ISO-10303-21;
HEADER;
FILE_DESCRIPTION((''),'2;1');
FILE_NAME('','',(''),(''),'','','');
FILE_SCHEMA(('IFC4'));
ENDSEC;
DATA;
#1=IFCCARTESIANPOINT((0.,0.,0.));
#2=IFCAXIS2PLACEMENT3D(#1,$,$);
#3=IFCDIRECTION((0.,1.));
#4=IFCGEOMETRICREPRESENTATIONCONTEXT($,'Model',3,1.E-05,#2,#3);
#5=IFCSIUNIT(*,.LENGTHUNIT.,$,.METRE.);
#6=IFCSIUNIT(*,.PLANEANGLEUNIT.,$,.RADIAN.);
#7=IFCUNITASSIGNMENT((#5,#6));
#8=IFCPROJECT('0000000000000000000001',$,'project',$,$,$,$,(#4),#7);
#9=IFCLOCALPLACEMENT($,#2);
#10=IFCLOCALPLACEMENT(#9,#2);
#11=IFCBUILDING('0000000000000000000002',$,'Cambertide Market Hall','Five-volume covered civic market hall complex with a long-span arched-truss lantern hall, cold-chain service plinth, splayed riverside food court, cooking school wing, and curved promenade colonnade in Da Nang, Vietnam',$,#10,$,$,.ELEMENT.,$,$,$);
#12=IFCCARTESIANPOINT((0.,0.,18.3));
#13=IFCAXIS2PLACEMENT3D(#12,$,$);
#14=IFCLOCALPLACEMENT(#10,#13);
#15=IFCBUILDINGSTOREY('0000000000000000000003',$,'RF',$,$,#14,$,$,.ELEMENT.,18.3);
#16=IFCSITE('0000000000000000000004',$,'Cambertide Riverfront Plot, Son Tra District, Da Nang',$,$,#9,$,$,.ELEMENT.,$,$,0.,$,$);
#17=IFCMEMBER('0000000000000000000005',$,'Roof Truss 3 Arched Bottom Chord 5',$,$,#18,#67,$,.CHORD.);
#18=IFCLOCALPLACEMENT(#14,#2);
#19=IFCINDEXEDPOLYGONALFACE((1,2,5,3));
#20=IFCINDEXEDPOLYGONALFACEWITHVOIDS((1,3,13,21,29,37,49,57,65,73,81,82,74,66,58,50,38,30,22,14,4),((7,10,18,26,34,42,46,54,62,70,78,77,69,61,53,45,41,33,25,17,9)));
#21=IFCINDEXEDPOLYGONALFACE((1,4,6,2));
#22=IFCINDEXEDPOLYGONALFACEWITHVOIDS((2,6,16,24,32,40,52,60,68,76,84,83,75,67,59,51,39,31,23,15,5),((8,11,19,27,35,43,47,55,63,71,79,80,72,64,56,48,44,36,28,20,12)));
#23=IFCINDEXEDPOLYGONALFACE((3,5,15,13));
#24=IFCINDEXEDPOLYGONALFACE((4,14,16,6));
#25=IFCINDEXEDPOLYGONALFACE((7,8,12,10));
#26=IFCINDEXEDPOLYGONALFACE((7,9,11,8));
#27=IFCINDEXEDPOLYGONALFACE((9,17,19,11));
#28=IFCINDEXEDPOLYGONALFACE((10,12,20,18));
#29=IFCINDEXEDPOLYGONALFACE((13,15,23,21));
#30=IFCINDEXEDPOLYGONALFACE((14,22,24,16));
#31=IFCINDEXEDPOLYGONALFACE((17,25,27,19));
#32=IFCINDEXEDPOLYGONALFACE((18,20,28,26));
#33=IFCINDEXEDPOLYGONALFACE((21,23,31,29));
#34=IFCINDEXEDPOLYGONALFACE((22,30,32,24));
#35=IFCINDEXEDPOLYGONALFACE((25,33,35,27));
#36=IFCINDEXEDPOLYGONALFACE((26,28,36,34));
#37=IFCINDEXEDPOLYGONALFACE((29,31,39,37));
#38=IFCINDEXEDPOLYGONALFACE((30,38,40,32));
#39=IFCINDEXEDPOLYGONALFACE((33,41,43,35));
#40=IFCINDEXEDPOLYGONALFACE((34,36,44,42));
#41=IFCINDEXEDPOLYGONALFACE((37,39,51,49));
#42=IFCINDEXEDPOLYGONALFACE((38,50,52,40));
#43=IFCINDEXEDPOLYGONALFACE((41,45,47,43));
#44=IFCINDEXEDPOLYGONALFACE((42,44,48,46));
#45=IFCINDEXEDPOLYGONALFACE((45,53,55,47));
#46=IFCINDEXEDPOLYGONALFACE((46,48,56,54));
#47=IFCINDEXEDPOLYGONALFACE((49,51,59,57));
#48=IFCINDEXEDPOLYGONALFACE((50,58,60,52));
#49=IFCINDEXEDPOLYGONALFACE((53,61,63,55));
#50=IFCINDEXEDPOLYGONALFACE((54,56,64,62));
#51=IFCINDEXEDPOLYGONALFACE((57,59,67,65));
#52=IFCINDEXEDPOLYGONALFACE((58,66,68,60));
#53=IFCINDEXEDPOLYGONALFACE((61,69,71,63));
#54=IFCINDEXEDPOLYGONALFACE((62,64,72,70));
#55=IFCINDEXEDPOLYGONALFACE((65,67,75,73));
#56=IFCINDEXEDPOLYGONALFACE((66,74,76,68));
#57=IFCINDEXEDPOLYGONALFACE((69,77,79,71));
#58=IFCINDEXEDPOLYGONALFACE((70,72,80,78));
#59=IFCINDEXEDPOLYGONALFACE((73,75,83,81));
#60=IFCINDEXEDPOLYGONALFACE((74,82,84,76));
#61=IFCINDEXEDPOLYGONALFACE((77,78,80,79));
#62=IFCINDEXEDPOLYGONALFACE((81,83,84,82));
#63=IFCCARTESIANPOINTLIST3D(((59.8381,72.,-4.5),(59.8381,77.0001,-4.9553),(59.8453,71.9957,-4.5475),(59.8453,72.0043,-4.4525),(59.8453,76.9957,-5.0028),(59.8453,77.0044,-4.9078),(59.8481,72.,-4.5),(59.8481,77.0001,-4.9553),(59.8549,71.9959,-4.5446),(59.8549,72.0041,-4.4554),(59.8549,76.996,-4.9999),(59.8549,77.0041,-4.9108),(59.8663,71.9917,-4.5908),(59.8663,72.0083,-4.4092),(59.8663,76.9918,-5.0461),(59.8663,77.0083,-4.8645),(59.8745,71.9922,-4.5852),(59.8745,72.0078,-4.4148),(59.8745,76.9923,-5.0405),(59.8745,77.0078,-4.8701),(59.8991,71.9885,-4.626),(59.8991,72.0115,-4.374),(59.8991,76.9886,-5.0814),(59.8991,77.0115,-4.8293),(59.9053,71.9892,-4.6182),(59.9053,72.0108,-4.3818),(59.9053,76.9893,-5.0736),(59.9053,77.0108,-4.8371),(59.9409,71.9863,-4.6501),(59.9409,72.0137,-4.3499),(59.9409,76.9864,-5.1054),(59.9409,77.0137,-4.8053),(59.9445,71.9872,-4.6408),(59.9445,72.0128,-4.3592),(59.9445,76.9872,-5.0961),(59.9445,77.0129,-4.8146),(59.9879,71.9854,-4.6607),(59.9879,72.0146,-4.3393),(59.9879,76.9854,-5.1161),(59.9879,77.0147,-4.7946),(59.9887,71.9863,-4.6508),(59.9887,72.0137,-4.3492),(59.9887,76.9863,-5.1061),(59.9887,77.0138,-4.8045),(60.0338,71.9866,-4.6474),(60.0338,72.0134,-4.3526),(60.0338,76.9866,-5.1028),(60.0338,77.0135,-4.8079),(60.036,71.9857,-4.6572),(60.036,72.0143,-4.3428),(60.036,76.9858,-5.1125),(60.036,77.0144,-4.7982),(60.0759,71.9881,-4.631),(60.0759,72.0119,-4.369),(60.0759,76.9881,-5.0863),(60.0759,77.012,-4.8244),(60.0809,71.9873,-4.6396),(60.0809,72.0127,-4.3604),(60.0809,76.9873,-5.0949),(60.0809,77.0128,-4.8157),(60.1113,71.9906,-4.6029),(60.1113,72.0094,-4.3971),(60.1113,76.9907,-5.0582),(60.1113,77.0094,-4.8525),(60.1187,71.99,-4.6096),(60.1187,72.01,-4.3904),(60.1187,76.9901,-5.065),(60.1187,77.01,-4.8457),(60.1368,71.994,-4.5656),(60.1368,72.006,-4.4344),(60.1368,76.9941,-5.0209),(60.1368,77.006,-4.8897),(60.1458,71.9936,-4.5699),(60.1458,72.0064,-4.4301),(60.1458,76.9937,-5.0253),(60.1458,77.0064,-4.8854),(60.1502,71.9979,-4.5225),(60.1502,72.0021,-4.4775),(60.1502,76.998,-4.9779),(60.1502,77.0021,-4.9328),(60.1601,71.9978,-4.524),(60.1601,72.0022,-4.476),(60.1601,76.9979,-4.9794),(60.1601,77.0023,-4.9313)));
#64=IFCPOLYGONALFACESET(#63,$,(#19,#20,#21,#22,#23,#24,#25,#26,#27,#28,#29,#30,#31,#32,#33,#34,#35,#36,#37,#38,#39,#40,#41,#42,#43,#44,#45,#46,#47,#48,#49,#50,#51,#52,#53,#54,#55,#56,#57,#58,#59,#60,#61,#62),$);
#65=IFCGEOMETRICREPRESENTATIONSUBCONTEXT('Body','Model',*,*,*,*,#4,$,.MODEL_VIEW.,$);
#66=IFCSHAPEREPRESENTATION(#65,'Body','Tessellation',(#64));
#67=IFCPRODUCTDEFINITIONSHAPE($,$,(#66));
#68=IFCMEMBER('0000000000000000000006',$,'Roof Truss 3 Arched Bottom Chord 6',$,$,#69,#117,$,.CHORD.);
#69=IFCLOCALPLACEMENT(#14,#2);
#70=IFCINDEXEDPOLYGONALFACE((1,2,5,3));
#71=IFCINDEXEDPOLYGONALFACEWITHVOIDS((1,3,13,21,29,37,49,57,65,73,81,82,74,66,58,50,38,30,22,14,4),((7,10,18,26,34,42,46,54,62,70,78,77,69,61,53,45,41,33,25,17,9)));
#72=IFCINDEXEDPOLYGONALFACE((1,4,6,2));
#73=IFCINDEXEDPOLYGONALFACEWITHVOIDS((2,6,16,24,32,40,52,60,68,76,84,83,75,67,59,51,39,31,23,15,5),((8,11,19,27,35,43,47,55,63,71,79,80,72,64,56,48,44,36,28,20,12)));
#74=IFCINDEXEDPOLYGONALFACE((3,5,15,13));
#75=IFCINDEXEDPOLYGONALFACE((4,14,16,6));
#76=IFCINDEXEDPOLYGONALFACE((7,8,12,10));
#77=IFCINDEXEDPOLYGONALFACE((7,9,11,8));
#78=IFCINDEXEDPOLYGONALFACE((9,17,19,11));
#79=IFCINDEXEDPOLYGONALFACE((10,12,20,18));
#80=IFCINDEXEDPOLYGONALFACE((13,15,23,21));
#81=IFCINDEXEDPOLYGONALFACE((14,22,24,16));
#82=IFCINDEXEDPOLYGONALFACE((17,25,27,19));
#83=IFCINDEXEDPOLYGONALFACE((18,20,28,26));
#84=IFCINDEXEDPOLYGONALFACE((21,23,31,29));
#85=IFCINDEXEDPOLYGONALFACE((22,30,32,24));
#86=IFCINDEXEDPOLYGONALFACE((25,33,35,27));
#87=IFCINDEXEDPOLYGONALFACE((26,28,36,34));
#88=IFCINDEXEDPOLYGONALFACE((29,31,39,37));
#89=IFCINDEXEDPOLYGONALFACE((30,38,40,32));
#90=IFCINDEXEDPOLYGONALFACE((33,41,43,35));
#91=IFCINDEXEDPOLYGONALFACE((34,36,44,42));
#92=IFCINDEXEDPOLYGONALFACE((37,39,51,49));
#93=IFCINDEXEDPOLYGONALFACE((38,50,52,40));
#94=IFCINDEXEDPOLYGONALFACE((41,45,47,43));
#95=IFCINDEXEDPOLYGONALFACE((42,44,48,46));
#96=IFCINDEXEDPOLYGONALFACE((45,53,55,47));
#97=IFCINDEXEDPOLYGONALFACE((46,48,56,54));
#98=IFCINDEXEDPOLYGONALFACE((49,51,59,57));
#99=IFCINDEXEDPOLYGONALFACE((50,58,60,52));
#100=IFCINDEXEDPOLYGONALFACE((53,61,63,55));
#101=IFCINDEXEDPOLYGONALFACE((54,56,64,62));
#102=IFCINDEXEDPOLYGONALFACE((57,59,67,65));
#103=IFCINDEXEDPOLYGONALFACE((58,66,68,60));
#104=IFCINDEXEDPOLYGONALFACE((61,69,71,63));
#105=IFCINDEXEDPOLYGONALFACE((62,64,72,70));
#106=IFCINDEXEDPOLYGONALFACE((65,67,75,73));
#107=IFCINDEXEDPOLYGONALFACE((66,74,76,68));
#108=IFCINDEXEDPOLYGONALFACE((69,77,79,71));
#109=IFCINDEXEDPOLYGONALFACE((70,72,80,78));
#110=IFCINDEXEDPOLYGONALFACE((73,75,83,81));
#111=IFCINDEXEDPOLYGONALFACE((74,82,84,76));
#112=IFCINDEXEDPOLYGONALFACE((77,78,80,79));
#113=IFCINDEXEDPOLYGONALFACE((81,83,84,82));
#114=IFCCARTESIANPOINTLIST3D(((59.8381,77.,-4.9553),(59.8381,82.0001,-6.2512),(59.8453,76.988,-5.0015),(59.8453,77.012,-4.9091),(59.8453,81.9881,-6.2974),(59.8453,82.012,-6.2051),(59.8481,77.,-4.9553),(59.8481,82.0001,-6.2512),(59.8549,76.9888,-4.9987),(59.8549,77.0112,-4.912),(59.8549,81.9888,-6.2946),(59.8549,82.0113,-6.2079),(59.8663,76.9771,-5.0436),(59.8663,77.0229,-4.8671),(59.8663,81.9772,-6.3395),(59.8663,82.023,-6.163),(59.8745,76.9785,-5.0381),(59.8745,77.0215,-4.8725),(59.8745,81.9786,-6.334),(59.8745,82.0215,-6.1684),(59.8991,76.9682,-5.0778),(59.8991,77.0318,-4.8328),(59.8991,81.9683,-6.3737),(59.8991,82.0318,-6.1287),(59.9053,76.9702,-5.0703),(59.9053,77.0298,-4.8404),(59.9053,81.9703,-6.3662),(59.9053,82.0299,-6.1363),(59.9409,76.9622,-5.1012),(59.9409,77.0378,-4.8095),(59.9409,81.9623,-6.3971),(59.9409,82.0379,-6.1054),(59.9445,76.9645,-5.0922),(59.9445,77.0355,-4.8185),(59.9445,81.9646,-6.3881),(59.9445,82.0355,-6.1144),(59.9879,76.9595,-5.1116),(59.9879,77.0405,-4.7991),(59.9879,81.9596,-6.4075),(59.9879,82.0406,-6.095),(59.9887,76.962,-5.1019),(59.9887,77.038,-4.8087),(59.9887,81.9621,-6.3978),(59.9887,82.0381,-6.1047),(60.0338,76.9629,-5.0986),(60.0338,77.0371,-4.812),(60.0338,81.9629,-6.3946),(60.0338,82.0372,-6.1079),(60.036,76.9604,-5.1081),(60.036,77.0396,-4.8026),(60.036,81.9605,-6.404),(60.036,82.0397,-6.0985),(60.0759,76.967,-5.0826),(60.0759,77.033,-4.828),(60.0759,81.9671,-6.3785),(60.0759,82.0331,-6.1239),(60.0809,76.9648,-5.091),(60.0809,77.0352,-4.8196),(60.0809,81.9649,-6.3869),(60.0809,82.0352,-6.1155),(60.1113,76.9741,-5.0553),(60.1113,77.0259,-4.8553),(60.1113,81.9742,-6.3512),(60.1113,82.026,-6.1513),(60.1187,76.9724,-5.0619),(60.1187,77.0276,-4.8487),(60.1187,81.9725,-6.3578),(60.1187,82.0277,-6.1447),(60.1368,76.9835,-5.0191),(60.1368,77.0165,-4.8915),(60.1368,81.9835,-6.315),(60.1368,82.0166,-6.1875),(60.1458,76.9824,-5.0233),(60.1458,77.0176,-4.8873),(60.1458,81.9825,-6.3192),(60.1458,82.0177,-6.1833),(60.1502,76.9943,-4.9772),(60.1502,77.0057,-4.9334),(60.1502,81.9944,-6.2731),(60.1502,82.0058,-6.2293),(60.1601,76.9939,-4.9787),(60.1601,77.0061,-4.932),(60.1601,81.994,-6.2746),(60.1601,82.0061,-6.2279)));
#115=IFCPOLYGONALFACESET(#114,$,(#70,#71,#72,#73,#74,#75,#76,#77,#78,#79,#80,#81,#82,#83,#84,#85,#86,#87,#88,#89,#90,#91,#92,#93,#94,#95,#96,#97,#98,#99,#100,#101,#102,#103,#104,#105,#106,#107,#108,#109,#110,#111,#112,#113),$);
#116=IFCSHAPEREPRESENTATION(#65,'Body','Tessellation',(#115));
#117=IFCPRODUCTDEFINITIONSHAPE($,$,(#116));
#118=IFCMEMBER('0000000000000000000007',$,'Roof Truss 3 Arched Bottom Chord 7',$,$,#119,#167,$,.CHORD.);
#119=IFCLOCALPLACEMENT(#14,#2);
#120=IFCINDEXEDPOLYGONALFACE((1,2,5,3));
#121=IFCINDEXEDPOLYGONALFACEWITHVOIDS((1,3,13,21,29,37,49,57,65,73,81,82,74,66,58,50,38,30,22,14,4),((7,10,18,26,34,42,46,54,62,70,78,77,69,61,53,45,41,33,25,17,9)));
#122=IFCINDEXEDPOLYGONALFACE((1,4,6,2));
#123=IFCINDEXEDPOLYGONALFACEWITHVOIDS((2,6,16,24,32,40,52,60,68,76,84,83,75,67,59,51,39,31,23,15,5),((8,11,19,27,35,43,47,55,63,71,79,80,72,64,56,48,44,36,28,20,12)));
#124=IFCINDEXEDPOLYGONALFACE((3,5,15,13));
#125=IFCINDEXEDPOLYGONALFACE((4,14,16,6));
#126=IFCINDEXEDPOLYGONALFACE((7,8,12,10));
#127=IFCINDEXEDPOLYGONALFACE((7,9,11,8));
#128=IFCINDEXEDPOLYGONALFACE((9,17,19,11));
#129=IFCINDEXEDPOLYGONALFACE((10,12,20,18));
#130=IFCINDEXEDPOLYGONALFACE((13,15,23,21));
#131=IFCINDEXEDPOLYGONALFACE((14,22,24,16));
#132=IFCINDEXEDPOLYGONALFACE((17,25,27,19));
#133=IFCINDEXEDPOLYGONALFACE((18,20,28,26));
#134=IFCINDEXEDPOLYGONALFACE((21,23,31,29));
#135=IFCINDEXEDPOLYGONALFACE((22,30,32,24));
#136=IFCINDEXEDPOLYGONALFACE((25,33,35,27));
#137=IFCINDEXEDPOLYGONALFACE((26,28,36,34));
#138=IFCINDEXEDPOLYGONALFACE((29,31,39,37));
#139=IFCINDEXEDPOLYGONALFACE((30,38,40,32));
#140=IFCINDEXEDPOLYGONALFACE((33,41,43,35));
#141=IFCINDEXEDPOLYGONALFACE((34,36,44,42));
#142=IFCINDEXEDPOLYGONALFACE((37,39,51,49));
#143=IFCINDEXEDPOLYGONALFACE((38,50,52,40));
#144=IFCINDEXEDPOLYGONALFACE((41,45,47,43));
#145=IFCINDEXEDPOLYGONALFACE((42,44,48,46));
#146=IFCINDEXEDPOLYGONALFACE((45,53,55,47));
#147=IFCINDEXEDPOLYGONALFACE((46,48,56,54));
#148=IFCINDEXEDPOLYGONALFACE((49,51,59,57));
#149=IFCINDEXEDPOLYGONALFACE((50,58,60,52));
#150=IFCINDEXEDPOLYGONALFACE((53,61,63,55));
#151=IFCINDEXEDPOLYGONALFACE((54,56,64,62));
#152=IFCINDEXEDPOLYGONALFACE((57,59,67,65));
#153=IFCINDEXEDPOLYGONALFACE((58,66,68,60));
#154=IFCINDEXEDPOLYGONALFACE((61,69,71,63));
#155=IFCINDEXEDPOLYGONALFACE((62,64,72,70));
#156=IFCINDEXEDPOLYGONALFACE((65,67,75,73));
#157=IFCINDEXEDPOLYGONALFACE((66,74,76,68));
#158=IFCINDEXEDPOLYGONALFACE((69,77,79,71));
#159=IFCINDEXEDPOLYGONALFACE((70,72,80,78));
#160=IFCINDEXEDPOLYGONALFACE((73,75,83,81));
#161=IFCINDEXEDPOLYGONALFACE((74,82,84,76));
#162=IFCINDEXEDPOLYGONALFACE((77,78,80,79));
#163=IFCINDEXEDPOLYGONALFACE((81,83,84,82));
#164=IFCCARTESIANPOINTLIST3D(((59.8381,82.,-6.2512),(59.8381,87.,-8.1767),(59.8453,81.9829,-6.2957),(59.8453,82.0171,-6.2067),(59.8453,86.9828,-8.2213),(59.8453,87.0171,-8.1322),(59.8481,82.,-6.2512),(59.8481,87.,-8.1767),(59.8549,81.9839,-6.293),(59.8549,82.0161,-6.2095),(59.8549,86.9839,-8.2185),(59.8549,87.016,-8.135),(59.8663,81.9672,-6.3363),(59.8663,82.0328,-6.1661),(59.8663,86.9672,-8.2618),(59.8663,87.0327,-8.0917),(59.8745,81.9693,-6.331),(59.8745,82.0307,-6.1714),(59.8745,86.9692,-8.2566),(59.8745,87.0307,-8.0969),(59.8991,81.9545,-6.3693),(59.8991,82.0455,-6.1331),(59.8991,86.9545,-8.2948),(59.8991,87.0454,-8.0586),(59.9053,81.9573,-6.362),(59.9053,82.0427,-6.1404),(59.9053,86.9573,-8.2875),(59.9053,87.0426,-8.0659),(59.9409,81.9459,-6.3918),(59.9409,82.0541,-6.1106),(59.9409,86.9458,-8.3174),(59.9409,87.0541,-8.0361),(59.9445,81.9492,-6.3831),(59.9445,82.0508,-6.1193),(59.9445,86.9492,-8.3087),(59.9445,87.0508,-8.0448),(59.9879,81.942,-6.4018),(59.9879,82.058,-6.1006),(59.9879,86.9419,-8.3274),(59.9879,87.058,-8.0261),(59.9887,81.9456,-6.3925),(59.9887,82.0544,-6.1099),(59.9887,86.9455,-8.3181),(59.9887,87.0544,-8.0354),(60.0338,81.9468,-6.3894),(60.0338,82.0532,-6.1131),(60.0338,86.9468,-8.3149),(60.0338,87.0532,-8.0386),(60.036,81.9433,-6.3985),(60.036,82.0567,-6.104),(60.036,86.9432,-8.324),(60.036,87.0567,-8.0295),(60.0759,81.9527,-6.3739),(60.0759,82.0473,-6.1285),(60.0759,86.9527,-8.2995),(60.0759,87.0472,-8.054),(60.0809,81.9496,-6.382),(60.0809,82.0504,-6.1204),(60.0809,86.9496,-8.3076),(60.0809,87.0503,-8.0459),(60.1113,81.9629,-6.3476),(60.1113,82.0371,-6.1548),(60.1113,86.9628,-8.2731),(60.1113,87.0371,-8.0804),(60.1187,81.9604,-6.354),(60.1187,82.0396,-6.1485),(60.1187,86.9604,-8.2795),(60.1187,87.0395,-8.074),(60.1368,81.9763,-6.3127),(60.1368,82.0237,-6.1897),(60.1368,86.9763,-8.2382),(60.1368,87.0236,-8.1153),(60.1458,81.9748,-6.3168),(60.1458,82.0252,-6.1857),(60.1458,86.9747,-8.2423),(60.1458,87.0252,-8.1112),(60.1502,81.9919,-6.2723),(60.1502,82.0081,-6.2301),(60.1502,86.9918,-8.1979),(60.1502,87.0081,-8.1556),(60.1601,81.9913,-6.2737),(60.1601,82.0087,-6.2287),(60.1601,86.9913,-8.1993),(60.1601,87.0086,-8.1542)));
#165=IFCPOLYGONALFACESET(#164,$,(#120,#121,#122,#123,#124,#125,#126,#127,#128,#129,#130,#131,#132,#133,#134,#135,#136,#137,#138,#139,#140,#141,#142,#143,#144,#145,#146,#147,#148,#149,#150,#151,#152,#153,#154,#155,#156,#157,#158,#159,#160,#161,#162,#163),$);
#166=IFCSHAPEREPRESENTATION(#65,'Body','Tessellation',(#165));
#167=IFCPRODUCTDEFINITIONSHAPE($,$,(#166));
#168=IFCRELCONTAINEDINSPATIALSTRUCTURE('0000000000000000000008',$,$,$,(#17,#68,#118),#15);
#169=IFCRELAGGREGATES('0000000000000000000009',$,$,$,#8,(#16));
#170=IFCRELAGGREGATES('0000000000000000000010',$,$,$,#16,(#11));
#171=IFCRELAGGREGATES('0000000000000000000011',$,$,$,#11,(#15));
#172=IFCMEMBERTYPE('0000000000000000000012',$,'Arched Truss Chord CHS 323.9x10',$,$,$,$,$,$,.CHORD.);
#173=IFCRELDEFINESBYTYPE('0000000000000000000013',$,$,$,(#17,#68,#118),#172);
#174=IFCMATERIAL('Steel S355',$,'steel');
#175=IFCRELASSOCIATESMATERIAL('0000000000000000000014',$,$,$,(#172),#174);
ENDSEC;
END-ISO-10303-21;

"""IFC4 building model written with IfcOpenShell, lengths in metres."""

from ifc_helpers import new_model, si_unit, direction, frame, origin, origin_2d, place, context, subcontext, project, spatial, hollow_circle, extrude, material, material_profile, profile_set, type_object, element, save


model = new_model("IFC4")

# Units and contexts
model_context = context("Model", 3, precision=1e-05, world=origin(), true_north=direction((0.0, 1.0)))
body_context = subcontext(model_context, "Body", "Model", "MODEL_VIEW")
ifc_project = project(units=[si_unit("LENGTHUNIT", "METRE"), si_unit("PLANEANGLEUNIT", "RADIAN")], contexts=[model_context])

# Site, building, storey
site_placement = place(None, origin())
site = spatial("IfcSite", under=ifc_project, at=site_placement, Name="Cambertide Riverfront Plot, Son Tra District, Da Nang", CompositionType="ELEMENT", RefElevation=0.0)
building_placement = place(site_placement, origin())
building = spatial("IfcBuilding", under=site, at=building_placement, Name="Cambertide Market Hall", Description="Five-volume covered civic market hall complex with a long-span arched-truss lantern hall, cold-chain service plinth, splayed riverside food court, cooking school wing, and curved promenade colonnade in Da Nang, Vietnam", CompositionType="ELEMENT")
storey_placement = place(building_placement, frame((0.0, 0.0, 18.3)))
storey = spatial("IfcBuildingStorey", under=building, at=storey_placement, Name="RF", CompositionType="ELEMENT", Elevation=18.3)

# Members
ifc_material_1 = material(Name="Steel S355", Category="steel")
ifc_material_profile_1 = material_profile(ifc_material_1, hollow_circle(Radius=0.1619, WallThickness=0.01, at=origin_2d()), Name="CHS 323.9x10")
ifc_profile_set_1 = profile_set([ifc_material_profile_1], Name="Steel S355")
member_type_1 = type_object("IfcMemberType", Name="Arched Truss Chord CHS 323.9x10", PredefinedType="CHORD", material=ifc_profile_set_1)
member_1_placement = place(storey_placement, frame((60.0, 72.0, -4.5), z_axis=(0.0, 0.995879, -0.090689), x_axis=(-1.0, 0.0, 0.0)))
element("IfcMember", 1, at=member_1_placement, inside=storey, type_object=member_type_1, Name="Roof Truss 3 Arched Bottom Chord 5", PredefinedType="CHORD", context=body_context, shape_type="SweptSolid", body=[
    extrude(hollow_circle(Radius=0.1619, WallThickness=0.01, at=origin_2d()), origin(), (0.0, 0.0, 1.0), 5.0208),
])
member_2_placement = place(storey_placement, frame((60.0, 77.0, -4.9553), z_axis=(0.0, 0.968016, -0.25089), x_axis=(-1.0, 0.0, 0.0)))
element("IfcMember", 2, at=member_2_placement, inside=storey, type_object=member_type_1, Name="Roof Truss 3 Arched Bottom Chord 6", PredefinedType="CHORD", context=body_context, shape_type="SweptSolid", body=[
    extrude(hollow_circle(Radius=0.1619, WallThickness=0.01, at=origin_2d()), origin(), (0.0, 0.0, 1.0), 5.1653),
])
member_3_placement = place(storey_placement, frame((60.0, 82.0, -6.2512), z_axis=(0.0, 0.933192, -0.359379), x_axis=(-1.0, 0.0, 0.0)))
element("IfcMember", 3, at=member_3_placement, inside=storey, type_object=member_type_1, Name="Roof Truss 3 Arched Bottom Chord 7", PredefinedType="CHORD", context=body_context, shape_type="SweptSolid", body=[
    extrude(hollow_circle(Radius=0.1619, WallThickness=0.01, at=origin_2d()), origin(), (0.0, 0.0, 1.0), 5.3579),
])

save(model, "model.ifc")
